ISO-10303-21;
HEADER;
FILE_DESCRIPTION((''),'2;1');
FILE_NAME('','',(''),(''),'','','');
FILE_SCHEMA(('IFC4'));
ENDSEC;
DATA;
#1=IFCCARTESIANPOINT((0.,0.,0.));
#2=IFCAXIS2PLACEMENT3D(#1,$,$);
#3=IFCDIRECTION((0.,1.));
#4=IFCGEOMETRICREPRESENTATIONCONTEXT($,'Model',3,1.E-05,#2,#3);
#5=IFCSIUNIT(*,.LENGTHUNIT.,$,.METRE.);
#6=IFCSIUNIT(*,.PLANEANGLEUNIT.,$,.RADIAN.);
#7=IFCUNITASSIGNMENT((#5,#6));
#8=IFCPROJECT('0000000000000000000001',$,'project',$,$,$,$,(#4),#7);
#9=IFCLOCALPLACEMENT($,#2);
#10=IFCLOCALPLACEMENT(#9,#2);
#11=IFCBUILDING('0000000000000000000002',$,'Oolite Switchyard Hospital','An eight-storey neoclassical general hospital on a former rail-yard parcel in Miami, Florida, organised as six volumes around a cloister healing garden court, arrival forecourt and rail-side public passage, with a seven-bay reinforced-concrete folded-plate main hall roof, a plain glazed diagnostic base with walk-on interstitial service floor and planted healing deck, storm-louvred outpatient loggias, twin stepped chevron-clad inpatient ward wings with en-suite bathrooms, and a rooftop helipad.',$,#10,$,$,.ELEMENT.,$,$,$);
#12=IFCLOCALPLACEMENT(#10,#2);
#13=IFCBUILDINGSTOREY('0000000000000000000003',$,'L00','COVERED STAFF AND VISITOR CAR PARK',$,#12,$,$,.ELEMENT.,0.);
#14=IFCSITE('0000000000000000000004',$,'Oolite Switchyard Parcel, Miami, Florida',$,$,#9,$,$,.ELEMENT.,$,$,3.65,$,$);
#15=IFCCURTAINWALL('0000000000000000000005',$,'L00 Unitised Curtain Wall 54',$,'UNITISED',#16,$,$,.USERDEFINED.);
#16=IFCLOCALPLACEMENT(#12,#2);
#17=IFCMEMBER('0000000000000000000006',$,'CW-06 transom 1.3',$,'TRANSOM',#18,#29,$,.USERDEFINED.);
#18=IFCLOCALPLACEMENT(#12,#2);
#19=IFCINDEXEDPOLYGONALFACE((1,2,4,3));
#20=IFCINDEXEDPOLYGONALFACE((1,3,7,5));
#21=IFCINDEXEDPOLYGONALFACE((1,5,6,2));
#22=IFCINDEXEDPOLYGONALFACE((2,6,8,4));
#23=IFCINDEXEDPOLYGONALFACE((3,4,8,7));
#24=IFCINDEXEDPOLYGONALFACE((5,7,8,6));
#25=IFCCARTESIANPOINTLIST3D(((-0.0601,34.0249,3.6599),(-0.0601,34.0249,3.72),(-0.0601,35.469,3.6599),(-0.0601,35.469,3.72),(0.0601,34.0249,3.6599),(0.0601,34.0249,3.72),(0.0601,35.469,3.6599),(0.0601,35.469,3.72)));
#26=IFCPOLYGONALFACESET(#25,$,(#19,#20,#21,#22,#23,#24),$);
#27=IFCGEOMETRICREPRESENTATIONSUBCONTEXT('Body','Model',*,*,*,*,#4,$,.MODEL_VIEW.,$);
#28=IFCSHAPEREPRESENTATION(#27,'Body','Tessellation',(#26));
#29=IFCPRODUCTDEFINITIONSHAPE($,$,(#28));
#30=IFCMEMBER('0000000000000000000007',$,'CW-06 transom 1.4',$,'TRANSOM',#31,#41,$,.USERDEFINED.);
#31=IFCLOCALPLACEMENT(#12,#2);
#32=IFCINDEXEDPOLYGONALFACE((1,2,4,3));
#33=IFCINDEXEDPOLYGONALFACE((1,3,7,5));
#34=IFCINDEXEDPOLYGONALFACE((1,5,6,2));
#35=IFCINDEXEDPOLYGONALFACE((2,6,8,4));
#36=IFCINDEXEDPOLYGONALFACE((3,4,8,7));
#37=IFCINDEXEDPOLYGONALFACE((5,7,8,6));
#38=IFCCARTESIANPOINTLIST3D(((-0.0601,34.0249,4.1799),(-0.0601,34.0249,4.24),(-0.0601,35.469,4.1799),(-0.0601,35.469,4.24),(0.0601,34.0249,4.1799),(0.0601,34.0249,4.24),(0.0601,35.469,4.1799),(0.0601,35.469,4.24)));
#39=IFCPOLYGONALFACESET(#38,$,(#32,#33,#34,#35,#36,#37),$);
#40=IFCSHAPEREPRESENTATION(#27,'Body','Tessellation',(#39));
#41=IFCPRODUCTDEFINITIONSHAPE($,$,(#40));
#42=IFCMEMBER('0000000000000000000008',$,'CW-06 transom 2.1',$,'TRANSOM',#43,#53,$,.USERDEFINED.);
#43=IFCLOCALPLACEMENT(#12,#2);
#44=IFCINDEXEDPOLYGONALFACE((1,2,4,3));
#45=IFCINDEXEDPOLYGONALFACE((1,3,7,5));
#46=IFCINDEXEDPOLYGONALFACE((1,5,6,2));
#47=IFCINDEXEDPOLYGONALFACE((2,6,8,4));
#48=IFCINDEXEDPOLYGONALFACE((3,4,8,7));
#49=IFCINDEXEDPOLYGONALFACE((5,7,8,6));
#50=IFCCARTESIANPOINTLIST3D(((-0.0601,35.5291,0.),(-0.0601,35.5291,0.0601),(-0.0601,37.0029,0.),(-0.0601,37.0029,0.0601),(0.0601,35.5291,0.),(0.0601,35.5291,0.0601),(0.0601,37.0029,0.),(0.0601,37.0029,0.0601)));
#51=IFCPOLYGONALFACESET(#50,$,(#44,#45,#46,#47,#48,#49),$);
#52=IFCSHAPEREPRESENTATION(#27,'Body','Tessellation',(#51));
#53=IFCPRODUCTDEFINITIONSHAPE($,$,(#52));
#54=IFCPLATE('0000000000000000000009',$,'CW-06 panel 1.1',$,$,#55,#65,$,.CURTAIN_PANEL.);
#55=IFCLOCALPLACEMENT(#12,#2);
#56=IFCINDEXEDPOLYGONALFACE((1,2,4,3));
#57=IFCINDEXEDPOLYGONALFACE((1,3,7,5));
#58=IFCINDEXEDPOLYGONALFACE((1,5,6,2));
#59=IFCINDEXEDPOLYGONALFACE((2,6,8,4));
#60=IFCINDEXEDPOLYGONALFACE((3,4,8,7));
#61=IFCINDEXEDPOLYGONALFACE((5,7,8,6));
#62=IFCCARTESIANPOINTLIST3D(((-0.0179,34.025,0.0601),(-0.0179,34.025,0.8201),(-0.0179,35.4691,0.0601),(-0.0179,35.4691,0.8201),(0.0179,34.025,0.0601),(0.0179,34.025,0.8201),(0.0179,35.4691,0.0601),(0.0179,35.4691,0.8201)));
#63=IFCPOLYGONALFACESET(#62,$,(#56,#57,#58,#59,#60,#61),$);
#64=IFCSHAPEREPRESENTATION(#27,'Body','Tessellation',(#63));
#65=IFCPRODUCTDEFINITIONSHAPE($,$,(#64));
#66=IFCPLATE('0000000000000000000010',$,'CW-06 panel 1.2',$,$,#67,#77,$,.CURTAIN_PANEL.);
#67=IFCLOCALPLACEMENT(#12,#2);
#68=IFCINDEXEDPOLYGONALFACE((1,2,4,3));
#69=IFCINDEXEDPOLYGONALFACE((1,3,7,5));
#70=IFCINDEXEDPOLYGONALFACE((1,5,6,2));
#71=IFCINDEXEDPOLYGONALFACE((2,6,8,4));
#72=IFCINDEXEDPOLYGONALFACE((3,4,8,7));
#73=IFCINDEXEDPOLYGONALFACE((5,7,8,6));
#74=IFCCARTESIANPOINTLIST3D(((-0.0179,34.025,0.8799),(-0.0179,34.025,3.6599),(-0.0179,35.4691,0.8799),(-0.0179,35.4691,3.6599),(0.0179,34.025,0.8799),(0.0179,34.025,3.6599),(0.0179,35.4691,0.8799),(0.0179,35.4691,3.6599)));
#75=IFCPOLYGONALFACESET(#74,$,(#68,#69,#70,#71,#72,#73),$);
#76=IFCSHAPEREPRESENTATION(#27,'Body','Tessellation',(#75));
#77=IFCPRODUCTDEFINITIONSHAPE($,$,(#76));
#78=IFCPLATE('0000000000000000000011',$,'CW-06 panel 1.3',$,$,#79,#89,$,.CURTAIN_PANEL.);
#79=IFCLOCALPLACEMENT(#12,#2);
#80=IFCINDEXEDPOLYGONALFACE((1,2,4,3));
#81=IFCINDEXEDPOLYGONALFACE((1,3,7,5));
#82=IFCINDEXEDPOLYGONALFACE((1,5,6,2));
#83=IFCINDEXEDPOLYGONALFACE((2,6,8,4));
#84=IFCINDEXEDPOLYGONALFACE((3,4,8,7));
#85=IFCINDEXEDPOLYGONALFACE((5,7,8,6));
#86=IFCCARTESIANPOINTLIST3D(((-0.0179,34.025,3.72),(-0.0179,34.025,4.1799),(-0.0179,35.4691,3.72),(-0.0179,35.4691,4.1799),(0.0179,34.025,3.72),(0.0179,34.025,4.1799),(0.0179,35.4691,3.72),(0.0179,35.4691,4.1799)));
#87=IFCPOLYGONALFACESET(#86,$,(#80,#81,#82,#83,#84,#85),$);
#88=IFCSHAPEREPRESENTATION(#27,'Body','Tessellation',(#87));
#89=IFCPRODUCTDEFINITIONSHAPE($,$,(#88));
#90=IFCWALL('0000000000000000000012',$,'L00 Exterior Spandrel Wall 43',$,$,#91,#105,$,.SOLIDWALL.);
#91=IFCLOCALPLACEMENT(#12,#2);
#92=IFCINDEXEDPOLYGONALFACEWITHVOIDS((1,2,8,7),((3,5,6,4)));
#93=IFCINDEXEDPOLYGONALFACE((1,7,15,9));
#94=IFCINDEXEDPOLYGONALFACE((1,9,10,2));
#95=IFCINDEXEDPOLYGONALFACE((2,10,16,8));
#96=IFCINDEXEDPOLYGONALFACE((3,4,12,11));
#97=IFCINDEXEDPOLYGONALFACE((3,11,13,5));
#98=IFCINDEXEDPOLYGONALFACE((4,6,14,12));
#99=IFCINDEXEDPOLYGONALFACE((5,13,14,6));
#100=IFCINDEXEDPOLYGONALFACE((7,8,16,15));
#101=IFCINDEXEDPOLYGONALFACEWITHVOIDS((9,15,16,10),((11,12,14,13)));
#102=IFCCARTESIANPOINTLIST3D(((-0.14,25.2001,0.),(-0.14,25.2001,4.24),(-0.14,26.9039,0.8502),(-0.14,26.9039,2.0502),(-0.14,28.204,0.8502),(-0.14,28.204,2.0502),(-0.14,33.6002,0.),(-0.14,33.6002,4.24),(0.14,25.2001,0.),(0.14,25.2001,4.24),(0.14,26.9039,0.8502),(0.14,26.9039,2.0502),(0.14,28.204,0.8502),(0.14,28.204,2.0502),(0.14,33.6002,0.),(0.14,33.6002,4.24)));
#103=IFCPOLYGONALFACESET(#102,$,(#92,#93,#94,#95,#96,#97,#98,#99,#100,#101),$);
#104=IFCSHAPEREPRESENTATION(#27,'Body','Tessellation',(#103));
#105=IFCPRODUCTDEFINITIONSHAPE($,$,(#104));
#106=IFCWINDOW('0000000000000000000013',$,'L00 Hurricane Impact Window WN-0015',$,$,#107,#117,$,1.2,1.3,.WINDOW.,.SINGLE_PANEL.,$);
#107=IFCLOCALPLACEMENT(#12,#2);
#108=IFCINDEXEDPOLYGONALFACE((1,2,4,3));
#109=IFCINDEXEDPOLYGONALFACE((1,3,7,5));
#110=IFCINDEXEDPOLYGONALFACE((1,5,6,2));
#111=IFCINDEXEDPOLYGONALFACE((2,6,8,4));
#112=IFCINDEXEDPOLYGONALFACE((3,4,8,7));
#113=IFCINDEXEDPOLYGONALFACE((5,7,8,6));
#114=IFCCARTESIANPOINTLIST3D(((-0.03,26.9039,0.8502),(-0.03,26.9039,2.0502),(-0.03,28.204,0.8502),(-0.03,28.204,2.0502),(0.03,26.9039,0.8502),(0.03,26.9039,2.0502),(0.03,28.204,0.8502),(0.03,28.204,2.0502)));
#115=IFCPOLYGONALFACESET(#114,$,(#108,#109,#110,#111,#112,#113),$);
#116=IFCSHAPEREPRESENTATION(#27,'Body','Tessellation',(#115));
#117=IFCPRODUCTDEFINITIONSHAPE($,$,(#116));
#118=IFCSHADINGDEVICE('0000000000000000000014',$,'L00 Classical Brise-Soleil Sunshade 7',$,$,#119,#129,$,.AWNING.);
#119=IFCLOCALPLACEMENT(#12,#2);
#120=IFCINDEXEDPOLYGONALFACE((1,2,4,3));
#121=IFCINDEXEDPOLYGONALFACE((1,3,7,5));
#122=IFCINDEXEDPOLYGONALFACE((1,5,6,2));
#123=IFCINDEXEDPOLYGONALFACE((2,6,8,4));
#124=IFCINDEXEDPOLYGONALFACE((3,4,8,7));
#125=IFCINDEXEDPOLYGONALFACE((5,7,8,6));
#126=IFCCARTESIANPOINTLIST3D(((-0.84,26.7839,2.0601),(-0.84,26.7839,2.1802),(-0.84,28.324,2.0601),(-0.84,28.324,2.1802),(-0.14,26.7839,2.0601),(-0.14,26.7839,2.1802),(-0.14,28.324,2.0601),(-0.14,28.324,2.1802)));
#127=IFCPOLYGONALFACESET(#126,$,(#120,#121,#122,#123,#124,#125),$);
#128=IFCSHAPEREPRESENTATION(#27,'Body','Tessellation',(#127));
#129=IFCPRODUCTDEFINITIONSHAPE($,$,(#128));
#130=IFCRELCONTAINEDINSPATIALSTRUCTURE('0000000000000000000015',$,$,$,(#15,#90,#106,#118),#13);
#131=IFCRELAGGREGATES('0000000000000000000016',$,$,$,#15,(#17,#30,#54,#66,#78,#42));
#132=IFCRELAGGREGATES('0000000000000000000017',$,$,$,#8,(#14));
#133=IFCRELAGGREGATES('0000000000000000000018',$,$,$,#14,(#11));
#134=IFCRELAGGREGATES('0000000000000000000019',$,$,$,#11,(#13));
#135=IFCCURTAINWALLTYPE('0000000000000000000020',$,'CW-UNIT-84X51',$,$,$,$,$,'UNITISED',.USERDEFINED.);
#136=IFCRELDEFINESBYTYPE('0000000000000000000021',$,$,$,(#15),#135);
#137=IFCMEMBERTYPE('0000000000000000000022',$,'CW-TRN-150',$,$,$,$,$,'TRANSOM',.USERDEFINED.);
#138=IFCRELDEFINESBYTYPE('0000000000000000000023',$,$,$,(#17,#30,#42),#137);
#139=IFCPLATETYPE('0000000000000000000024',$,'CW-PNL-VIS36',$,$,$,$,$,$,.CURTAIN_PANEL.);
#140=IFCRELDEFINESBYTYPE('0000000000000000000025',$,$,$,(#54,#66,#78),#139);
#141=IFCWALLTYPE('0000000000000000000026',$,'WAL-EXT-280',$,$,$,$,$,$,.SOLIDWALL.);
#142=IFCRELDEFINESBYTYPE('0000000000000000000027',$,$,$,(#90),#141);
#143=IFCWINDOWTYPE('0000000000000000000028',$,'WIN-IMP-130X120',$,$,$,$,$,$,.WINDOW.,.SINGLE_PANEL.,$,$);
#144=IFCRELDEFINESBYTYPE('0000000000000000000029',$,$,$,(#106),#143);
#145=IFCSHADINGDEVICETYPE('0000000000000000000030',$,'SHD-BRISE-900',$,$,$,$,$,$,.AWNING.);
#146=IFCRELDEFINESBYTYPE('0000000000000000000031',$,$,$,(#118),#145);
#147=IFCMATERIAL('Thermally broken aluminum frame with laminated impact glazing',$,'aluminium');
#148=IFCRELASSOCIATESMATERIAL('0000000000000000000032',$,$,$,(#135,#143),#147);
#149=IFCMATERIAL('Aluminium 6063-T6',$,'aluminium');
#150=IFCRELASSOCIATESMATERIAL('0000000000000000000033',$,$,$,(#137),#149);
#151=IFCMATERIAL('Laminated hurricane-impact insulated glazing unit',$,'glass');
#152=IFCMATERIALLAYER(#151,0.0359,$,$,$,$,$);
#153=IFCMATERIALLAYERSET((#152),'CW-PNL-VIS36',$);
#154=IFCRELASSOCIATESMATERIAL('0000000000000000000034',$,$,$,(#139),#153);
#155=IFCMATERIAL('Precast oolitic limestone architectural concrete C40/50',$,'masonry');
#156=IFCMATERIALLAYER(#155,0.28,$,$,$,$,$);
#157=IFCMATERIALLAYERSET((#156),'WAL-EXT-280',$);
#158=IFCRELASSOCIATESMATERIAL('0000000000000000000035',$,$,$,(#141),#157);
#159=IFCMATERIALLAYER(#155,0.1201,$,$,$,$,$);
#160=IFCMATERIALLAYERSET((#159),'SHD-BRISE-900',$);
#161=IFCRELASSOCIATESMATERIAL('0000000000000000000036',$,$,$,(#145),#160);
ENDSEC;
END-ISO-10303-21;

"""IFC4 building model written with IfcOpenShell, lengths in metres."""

from ifc_helpers import new_model, si_unit, direction, frame, frame_2d, origin, origin_2d, place, context, subcontext, project, spatial, rectangle, extrude, material, layer, layer_set, material_profile, profile_set, type_object, element, fill, aggregate, save


model = new_model("IFC4")

# Units and contexts
model_context = context("Model", 3, precision=1e-05, world=origin(), true_north=direction((0.0, 1.0)))
body_context = subcontext(model_context, "Body", "Model", "MODEL_VIEW")
ifc_project = project(units=[si_unit("LENGTHUNIT", "METRE"), si_unit("PLANEANGLEUNIT", "RADIAN")], contexts=[model_context])

# Site, building, storey
site_placement = place(None, origin())
site = spatial("IfcSite", under=ifc_project, at=site_placement, Name="Oolite Switchyard Parcel, Miami, Florida", CompositionType="ELEMENT", RefElevation=3.65)
building_placement = place(site_placement, origin())
building = spatial("IfcBuilding", under=site, at=building_placement, Name="Oolite Switchyard Hospital", Description="An eight-storey neoclassical general hospital on a former rail-yard parcel in Miami, Florida, organised as six volumes around a cloister healing garden court, arrival forecourt and rail-side public passage, with a seven-bay reinforced-concrete folded-plate main hall roof, a plain glazed diagnostic base with walk-on interstitial service floor and planted healing deck, storm-louvred outpatient loggias, twin stepped chevron-clad inpatient ward wings with en-suite bathrooms, and a rooftop helipad.", CompositionType="ELEMENT")
storey_placement = place(building_placement, origin())
storey = spatial("IfcBuildingStorey", under=building, at=storey_placement, Name="L00", Description="COVERED STAFF AND VISITOR CAR PARK", CompositionType="ELEMENT", Elevation=0.0)

# Curtain wall
ifc_material_1 = material(Name="Thermally broken aluminum frame with laminated impact glazing", Category="aluminium")
curtain_wall_type = type_object("IfcCurtainWallType", Name="CW-UNIT-84X51", ElementType="UNITISED", PredefinedType="USERDEFINED", material=ifc_material_1)
curtain_wall_1_placement = place(storey_placement, origin())
curtain_wall_1 = element("IfcCurtainWall", 1, at=curtain_wall_1_placement, inside=storey, type_object=curtain_wall_type, Name="L00 Unitised Curtain Wall 54", ObjectType="UNITISED", PredefinedType="USERDEFINED")
ifc_material_2 = material(Name="Aluminium 6063-T6", Category="aluminium")

# Members
ifc_material_profile_1 = material_profile(ifc_material_2, rectangle(XDim=0.1201, YDim=0.0601, at=origin_2d()), Name="CWT60X120")
ifc_profile_set_1 = profile_set([ifc_material_profile_1], Name="Aluminium 6063-T6")
member_type_1 = type_object("IfcMemberType", Name="CW-TRN-150", ElementType="TRANSOM", PredefinedType="USERDEFINED", material=ifc_profile_set_1)
member_1_placement = place(storey_placement, frame((0.0, 34.0249, 3.6899), z_axis=(0.0, 1.0, 0.0), x_axis=(-1.0, 0.0, 0.0)))
member_1 = element("IfcMember", 2, at=member_1_placement, type_object=member_type_1, Name="CW-06 transom 1.3", ObjectType="TRANSOM", PredefinedType="USERDEFINED", context=body_context, shape_type="SweptSolid", body=[
    extrude(rectangle(XDim=0.1201, YDim=0.0601, at=origin_2d()), origin(), (0.0, 0.0, 1.0), 1.4441),
])
member_2_placement = place(storey_placement, frame((0.0, 34.0249, 4.21), z_axis=(0.0, 1.0, 0.0), x_axis=(-1.0, 0.0, 0.0)))
member_2 = element("IfcMember", 3, at=member_2_placement, type_object=member_type_1, Name="CW-06 transom 1.4", ObjectType="TRANSOM", PredefinedType="USERDEFINED", context=body_context, shape_type="SweptSolid", body=[
    extrude(rectangle(XDim=0.1201, YDim=0.0601, at=origin_2d()), origin(), (0.0, 0.0, 1.0), 1.4441),
])
member_3_placement = place(storey_placement, frame((0.0, 35.5291, 0.03), z_axis=(0.0, 1.0, 0.0), x_axis=(-1.0, 0.0, 0.0)))
member_3 = element("IfcMember", 4, at=member_3_placement, type_object=member_type_1, Name="CW-06 transom 2.1", ObjectType="TRANSOM", PredefinedType="USERDEFINED", context=body_context, shape_type="SweptSolid", body=[
    extrude(rectangle(XDim=0.1201, YDim=0.0601, at=origin_2d()), origin(), (0.0, 0.0, 1.0), 1.4739),
])

# Plates
ifc_material_3 = material(Name="Laminated hurricane-impact insulated glazing unit", Category="glass")
ifc_layer_1 = layer(ifc_material_3, 0.0359)
ifc_layer_set_1 = layer_set([ifc_layer_1], Name="CW-PNL-VIS36")
plate_type = type_object("IfcPlateType", Name="CW-PNL-VIS36", PredefinedType="CURTAIN_PANEL", material=ifc_layer_set_1)
plate_1_placement = place(storey_placement, frame((0.0, 34.7471, 0.0601), z_axis=(0.0, 0.0, 1.0), x_axis=(0.0, 1.0, 0.0)))
plate_1 = element("IfcPlate", 5, at=plate_1_placement, type_object=plate_type, Name="CW-06 panel 1.1", PredefinedType="CURTAIN_PANEL", context=body_context, shape_type="SweptSolid", body=[
    extrude(rectangle(XDim=1.4441, YDim=0.0359, at=origin_2d()), origin(), (0.0, 0.0, 1.0), 0.76),
])
plate_2_placement = place(storey_placement, frame((0.0, 34.7471, 0.8799), z_axis=(0.0, 0.0, 1.0), x_axis=(0.0, 1.0, 0.0)))
plate_2 = element("IfcPlate", 6, at=plate_2_placement, type_object=plate_type, Name="CW-06 panel 1.2", PredefinedType="CURTAIN_PANEL", context=body_context, shape_type="SweptSolid", body=[
    extrude(rectangle(XDim=1.4441, YDim=0.0359, at=origin_2d()), origin(), (0.0, 0.0, 1.0), 2.78),
])
plate_3_placement = place(storey_placement, frame((0.0, 34.7471, 3.72), z_axis=(0.0, 0.0, 1.0), x_axis=(0.0, 1.0, 0.0)))
plate_3 = element("IfcPlate", 7, at=plate_3_placement, type_object=plate_type, Name="CW-06 panel 1.3", PredefinedType="CURTAIN_PANEL", context=body_context, shape_type="SweptSolid", body=[
    extrude(rectangle(XDim=1.4441, YDim=0.0359, at=origin_2d()), origin(), (0.0, 0.0, 1.0), 0.46),
])
aggregate(curtain_wall_1, [member_1, member_2, plate_1, plate_2, plate_3, member_3])

# Wall, opening, window
ifc_material_4 = material(Name="Precast oolitic limestone architectural concrete C40/50", Category="masonry")
ifc_layer_2 = layer(ifc_material_4, 0.28)
ifc_layer_set_2 = layer_set([ifc_layer_2], Name="WAL-EXT-280")
wall_type = type_object("IfcWallType", Name="WAL-EXT-280", PredefinedType="SOLIDWALL", material=ifc_layer_set_2)
wall_placement = place(storey_placement, frame((0.0, 25.2, 0.0), z_axis=(0.0, 0.0, 1.0), x_axis=(0.0, 1.0, 0.0)))
wall = element("IfcWall", 8, at=wall_placement, inside=storey, type_object=wall_type, Name="L00 Exterior Spandrel Wall 43", PredefinedType="SOLIDWALL", context=body_context, shape_type="SweptSolid", body=[
    extrude(rectangle(XDim=8.4001, YDim=0.28, at=frame_2d((4.2002, 0.0))), origin(), (0.0, 0.0, 1.0), 4.24),
])
opening_placement = place(wall_placement, frame((1.7041, 0.0, 0.8501)))
opening = element("IfcOpeningElement", 9, at=opening_placement, cuts=wall, PredefinedType="OPENING", context=body_context, shape_type="SweptSolid", body=[
    extrude(rectangle(XDim=1.3, YDim=1.2, at=frame_2d((0.6499, 0.6001))), frame((0.0, 0.1499, 0.0), z_axis=(0.0, -1.0, 0.0), x_axis=(1.0, 0.0, 0.0)), (0.0, 0.0, 1.0), 0.3),
])
window_type = type_object("IfcWindowType", Name="WIN-IMP-130X120", PartitioningType="SINGLE_PANEL", PredefinedType="WINDOW", material=ifc_material_1)
window_placement = place(opening_placement, origin())
window = element("IfcWindow", 10, at=window_placement, inside=storey, type_object=window_type, Name="L00 Hurricane Impact Window WN-0015", OverallHeight=1.2, OverallWidth=1.3, PartitioningType="SINGLE_PANEL", PredefinedType="WINDOW", context=body_context, shape_type="SweptSolid", body=[
    extrude(rectangle(XDim=1.3, YDim=1.2, at=frame_2d((0.6499, 0.6001))), frame((0.0, 0.03, 0.0), z_axis=(0.0, -1.0, 0.0), x_axis=(1.0, 0.0, 0.0)), (0.0, 0.0, 1.0), 0.0601),
])
fill(opening, window)

# Shading device
ifc_layer_3 = layer(ifc_material_4, 0.1201)
ifc_layer_set_3 = layer_set([ifc_layer_3], Name="SHD-BRISE-900")
shading_device_type = type_object("IfcShadingDeviceType", Name="SHD-BRISE-900", PredefinedType="AWNING", material=ifc_layer_set_3)
shading_device_placement = place(storey_placement, frame((-0.49, 27.554, 2.0601), z_axis=(0.0, 0.0, 1.0), x_axis=(0.0, 1.0, 0.0)))
element("IfcShadingDevice", 11, at=shading_device_placement, inside=storey, type_object=shading_device_type, Name="L00 Classical Brise-Soleil Sunshade 7", PredefinedType="AWNING", context=body_context, shape_type="SweptSolid", body=[
    extrude(rectangle(XDim=1.54, YDim=0.7, at=origin_2d()), origin(), (0.0, 0.0, 1.0), 0.1201),
])

save(model, "model.ifc")
